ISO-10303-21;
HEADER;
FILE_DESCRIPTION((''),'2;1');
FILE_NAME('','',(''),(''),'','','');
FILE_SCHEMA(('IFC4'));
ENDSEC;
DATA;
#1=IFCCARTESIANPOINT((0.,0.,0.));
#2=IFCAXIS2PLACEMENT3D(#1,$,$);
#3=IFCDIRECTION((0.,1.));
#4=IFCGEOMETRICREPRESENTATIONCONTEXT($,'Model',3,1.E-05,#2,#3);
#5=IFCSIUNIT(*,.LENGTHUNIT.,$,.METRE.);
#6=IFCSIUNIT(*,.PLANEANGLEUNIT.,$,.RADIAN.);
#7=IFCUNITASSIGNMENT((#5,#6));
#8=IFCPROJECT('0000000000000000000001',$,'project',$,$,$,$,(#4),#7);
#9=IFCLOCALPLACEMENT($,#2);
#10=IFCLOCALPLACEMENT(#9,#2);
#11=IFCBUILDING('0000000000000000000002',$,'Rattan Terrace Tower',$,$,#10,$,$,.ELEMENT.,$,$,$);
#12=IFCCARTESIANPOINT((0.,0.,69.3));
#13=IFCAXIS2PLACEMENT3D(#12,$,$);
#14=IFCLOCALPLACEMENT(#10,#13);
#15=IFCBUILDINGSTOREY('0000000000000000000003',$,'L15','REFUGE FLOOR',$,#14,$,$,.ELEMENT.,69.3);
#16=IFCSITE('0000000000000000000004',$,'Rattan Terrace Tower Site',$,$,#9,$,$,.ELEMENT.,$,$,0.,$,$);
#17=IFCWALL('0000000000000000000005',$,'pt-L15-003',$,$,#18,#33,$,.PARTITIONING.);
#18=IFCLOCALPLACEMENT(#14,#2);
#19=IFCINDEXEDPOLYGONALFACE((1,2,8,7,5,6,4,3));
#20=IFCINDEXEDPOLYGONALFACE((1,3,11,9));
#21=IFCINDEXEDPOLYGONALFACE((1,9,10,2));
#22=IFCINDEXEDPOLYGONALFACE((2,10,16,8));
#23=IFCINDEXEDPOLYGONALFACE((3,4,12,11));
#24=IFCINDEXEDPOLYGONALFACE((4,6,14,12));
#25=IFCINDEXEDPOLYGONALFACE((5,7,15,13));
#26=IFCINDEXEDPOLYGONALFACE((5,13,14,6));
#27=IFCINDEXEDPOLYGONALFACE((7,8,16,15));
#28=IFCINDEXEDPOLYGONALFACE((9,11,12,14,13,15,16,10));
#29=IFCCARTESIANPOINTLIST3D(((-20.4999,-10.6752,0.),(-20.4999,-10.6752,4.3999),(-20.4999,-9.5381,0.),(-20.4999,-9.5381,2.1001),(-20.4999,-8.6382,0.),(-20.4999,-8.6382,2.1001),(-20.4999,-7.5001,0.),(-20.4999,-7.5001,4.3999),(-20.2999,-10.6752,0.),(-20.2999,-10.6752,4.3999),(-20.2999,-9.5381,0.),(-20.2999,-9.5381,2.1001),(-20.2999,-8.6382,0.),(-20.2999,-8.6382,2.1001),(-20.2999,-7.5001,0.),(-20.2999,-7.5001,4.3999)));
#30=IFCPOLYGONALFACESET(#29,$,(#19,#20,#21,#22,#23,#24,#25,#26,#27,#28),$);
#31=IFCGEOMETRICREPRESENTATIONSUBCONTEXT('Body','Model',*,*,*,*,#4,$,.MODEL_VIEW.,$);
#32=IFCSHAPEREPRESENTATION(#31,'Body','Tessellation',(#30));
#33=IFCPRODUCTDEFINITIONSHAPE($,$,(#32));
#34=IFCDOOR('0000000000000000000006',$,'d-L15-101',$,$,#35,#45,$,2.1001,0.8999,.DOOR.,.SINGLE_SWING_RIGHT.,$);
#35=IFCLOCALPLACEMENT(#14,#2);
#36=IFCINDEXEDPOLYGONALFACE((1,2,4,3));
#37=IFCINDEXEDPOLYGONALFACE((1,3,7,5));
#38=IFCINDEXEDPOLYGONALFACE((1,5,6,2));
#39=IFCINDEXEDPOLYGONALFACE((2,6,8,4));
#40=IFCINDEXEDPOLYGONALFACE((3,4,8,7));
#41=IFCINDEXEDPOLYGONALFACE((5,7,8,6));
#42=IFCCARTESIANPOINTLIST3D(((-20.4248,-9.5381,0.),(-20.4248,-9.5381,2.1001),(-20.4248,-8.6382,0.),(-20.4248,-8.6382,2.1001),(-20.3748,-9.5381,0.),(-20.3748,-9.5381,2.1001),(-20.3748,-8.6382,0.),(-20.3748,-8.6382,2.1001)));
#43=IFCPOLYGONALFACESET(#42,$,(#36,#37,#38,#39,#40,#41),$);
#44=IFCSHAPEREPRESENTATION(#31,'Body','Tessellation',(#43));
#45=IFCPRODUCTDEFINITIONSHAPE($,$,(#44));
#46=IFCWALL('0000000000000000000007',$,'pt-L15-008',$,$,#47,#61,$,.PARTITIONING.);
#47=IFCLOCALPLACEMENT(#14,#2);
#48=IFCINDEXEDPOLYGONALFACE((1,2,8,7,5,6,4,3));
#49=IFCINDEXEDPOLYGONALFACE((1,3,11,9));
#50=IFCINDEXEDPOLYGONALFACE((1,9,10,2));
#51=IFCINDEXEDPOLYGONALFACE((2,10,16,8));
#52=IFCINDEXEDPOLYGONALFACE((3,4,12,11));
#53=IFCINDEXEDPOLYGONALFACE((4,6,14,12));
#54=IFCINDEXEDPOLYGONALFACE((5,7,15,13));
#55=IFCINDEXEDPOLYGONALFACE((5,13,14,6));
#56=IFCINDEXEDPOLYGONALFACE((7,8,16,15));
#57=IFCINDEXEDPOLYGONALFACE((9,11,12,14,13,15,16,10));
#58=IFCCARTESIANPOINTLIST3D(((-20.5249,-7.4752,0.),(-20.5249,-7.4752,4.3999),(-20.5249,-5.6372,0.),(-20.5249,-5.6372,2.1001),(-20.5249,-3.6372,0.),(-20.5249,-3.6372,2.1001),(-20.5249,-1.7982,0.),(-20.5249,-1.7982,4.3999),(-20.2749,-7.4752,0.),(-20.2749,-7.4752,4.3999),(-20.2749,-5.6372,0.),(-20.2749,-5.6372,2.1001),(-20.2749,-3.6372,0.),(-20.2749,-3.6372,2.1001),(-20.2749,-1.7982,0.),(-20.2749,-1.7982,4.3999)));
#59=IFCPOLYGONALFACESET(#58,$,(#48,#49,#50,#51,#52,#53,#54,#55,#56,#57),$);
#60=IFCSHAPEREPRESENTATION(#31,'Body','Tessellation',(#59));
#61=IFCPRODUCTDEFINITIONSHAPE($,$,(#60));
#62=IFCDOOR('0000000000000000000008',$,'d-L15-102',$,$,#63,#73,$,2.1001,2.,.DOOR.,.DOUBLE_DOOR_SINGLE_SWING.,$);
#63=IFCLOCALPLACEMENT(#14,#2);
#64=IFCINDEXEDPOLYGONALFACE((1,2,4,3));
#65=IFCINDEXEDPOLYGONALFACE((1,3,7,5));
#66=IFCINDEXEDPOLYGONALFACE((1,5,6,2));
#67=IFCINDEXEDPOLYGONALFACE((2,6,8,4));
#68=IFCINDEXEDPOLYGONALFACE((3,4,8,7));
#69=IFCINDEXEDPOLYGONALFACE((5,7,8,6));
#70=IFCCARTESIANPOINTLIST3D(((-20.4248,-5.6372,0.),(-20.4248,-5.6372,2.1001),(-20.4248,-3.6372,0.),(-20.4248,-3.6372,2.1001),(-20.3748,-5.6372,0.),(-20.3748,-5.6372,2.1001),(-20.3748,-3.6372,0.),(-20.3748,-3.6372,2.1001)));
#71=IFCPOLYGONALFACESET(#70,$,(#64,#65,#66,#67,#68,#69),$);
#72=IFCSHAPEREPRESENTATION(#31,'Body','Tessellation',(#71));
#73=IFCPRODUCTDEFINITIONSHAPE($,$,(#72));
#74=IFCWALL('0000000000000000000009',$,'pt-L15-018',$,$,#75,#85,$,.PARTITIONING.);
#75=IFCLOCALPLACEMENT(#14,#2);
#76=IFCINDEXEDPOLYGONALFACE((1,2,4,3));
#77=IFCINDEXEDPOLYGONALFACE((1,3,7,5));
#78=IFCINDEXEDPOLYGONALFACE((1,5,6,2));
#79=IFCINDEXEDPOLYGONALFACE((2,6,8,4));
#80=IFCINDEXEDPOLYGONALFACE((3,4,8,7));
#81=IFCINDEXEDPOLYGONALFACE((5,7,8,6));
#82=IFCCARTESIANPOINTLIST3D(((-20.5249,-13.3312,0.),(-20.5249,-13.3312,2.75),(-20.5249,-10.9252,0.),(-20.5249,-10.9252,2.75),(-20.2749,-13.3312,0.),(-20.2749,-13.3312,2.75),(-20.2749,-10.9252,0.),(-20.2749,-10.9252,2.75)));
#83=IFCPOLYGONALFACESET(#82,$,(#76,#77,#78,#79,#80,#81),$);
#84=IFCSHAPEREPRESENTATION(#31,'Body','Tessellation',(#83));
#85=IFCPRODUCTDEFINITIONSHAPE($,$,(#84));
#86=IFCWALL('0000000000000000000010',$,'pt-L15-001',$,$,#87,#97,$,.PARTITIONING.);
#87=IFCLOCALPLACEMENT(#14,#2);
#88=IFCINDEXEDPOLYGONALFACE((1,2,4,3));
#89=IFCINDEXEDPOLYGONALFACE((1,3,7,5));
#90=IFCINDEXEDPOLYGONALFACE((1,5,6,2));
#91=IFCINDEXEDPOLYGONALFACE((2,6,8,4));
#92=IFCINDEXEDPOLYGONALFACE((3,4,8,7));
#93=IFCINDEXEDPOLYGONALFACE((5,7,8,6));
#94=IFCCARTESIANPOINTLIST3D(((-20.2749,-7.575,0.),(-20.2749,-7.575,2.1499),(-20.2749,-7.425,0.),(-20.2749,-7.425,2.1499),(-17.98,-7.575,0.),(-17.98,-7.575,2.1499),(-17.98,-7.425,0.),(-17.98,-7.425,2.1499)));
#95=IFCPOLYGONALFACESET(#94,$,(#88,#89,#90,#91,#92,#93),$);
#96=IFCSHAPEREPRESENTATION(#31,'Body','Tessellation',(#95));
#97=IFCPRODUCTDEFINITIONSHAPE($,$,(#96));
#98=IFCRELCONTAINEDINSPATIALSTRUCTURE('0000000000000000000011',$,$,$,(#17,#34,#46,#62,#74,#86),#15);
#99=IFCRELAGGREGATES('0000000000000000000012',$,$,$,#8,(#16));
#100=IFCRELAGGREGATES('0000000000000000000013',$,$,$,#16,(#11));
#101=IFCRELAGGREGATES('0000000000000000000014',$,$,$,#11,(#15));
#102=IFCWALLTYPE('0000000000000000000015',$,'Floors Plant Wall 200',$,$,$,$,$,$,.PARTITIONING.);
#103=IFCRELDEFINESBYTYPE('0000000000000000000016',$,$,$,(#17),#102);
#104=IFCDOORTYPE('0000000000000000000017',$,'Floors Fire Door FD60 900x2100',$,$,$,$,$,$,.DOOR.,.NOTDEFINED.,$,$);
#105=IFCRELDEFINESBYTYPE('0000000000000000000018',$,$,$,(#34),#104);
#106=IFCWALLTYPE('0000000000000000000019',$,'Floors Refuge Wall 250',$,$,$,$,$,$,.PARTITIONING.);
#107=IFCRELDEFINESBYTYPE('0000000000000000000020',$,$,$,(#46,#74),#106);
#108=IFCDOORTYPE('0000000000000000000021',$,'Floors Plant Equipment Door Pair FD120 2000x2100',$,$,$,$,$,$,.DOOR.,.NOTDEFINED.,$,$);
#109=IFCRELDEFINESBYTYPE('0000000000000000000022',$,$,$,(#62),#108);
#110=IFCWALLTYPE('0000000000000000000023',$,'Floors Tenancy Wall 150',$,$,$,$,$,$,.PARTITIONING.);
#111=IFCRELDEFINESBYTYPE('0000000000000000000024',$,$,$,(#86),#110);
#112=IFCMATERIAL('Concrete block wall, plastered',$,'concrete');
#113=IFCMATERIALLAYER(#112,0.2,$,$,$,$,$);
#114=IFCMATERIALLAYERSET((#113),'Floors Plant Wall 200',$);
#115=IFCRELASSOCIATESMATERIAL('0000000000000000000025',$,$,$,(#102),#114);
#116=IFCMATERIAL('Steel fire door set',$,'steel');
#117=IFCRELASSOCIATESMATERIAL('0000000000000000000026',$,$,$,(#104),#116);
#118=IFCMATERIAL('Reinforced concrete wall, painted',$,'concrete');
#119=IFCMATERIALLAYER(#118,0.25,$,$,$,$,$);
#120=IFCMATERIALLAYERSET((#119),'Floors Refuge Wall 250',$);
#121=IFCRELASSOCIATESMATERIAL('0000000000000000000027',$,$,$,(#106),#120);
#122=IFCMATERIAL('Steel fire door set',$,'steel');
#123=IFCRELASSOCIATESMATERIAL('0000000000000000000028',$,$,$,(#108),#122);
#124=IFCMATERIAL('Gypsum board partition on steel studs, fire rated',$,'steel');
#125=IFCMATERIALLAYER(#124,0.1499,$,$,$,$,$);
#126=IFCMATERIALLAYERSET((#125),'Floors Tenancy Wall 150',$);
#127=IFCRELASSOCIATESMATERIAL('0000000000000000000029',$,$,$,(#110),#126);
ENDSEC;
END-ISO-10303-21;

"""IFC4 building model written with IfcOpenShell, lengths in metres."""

from ifc_helpers import new_model, si_unit, direction, frame, frame_2d, origin, place, context, subcontext, project, spatial, rectangle, extrude, material, layer, layer_set, type_object, element, fill, save


model = new_model("IFC4")

# Units and contexts
model_context = context("Model", 3, precision=1e-05, world=origin(), true_north=direction((0.0, 1.0)))
body_context = subcontext(model_context, "Body", "Model", "MODEL_VIEW")
ifc_project = project(units=[si_unit("LENGTHUNIT", "METRE"), si_unit("PLANEANGLEUNIT", "RADIAN")], contexts=[model_context])

# Site, building, storey
site_placement = place(None, origin())
site = spatial("IfcSite", under=ifc_project, at=site_placement, Name="Rattan Terrace Tower Site", CompositionType="ELEMENT", RefElevation=0.0)
building_placement = place(site_placement, origin())
building = spatial("IfcBuilding", under=site, at=building_placement, Name="Rattan Terrace Tower", CompositionType="ELEMENT")
storey_placement = place(building_placement, frame((0.0, 0.0, 69.3)))
storey = spatial("IfcBuildingStorey", under=building, at=storey_placement, Name="L15", Description="REFUGE FLOOR", CompositionType="ELEMENT", Elevation=69.3)

# Walls, openings, doors
ifc_material_1 = material(Name="Concrete block wall, plastered", Category="concrete")
ifc_layer_1 = layer(ifc_material_1, 0.2)
ifc_layer_set_1 = layer_set([ifc_layer_1], Name="Floors Plant Wall 200")
wall_type_1 = type_object("IfcWallType", Name="Floors Plant Wall 200", PredefinedType="PARTITIONING", material=ifc_layer_set_1)
wall_1_placement = place(storey_placement, frame((-20.3999, -10.675, 0.0), z_axis=(0.0, 0.0, 1.0), x_axis=(0.0, 1.0, 0.0)))
wall_1 = element("IfcWall", 1, at=wall_1_placement, inside=storey, type_object=wall_type_1, Name="pt-L15-003", PredefinedType="PARTITIONING", context=body_context, shape_type="SweptSolid", body=[
    extrude(rectangle(XDim=3.175, YDim=0.2, at=frame_2d((1.5874, 0.0))), origin(), (0.0, 0.0, 1.0), 4.3999),
])
opening_1_placement = place(wall_1_placement, frame((1.137, 0.0, 0.0)))
opening_1 = element("IfcOpeningElement", 2, at=opening_1_placement, cuts=wall_1, PredefinedType="OPENING", context=body_context, shape_type="SweptSolid", body=[
    extrude(rectangle(XDim=0.8999, YDim=2.1001, at=frame_2d((0.45, 1.05))), frame((0.0, 0.1106, 0.0), z_axis=(0.0, -1.0, 0.0), x_axis=(1.0, 0.0, 0.0)), (0.0, 0.0, 1.0), 0.2209),
])
ifc_material_2 = material(Name="Steel fire door set", Category="steel")
door_type_1 = type_object("IfcDoorType", Name="Floors Fire Door FD60 900x2100", OperationType="NOTDEFINED", PredefinedType="DOOR", material=ifc_material_2)
door_1_placement = place(opening_1_placement, origin())
door_1 = element("IfcDoor", 3, at=door_1_placement, inside=storey, type_object=door_type_1, Name="d-L15-101", OperationType="SINGLE_SWING_RIGHT", OverallHeight=2.1001, OverallWidth=0.8999, PredefinedType="DOOR", context=body_context, shape_type="SweptSolid", body=[
    extrude(rectangle(XDim=0.8999, YDim=2.1001, at=frame_2d((0.45, 1.05))), frame((0.0, 0.0249, 0.0), z_axis=(0.0, -1.0, 0.0), x_axis=(1.0, 0.0, 0.0)), (0.0, 0.0, 1.0), 0.05),
])
fill(opening_1, door_1)
ifc_material_3 = material(Name="Reinforced concrete wall, painted", Category="concrete")
ifc_layer_2 = layer(ifc_material_3, 0.25)
ifc_layer_set_2 = layer_set([ifc_layer_2], Name="Floors Refuge Wall 250")
wall_type_2 = type_object("IfcWallType", Name="Floors Refuge Wall 250", PredefinedType="PARTITIONING", material=ifc_layer_set_2)
wall_2_placement = place(storey_placement, frame((-20.3999, -7.4751, 0.0), z_axis=(0.0, 0.0, 1.0), x_axis=(0.0, 1.0, 0.0)))
wall_2 = element("IfcWall", 4, at=wall_2_placement, inside=storey, type_object=wall_type_2, Name="pt-L15-008", PredefinedType="PARTITIONING", context=body_context, shape_type="SweptSolid", body=[
    extrude(rectangle(XDim=5.677, YDim=0.25, at=frame_2d((2.8384, 0.0))), origin(), (0.0, 0.0, 1.0), 4.3999),
])
opening_2_placement = place(wall_2_placement, frame((1.8379, 0.0, 0.0)))
opening_2 = element("IfcOpeningElement", 5, at=opening_2_placement, cuts=wall_2, PredefinedType="OPENING", context=body_context, shape_type="SweptSolid", body=[
    extrude(rectangle(XDim=2.0, YDim=2.1001, at=frame_2d((1.0, 1.05))), frame((0.0, 0.1355, 0.0), z_axis=(0.0, -1.0, 0.0), x_axis=(1.0, 0.0, 0.0)), (0.0, 0.0, 1.0), 0.271),
])
ifc_material_4 = material(Name="Steel fire door set", Category="steel")
door_type_2 = type_object("IfcDoorType", Name="Floors Plant Equipment Door Pair FD120 2000x2100", OperationType="NOTDEFINED", PredefinedType="DOOR", material=ifc_material_4)
door_2_placement = place(opening_2_placement, origin())
door_2 = element("IfcDoor", 6, at=door_2_placement, inside=storey, type_object=door_type_2, Name="d-L15-102", OperationType="DOUBLE_DOOR_SINGLE_SWING", OverallHeight=2.1001, OverallWidth=2.0, PredefinedType="DOOR", context=body_context, shape_type="SweptSolid", body=[
    extrude(rectangle(XDim=2.0, YDim=2.1001, at=frame_2d((1.0, 1.05))), frame((0.0, 0.0249, 0.0), z_axis=(0.0, -1.0, 0.0), x_axis=(1.0, 0.0, 0.0)), (0.0, 0.0, 1.0), 0.05),
])
fill(opening_2, door_2)

# Walls
wall_3_placement = place(storey_placement, frame((-20.3999, -10.925, 0.0), z_axis=(0.0, 0.0, 1.0), x_axis=(0.0, -1.0, 0.0)))
element("IfcWall", 7, at=wall_3_placement, inside=storey, type_object=wall_type_2, Name="pt-L15-018", PredefinedType="PARTITIONING", context=body_context, shape_type="SweptSolid", body=[
    extrude(rectangle(XDim=2.406, YDim=0.25, at=frame_2d((1.2031, 0.0))), origin(), (0.0, 0.0, 1.0), 2.75),
])
ifc_material_5 = material(Name="Gypsum board partition on steel studs, fire rated", Category="steel")
ifc_layer_3 = layer(ifc_material_5, 0.1499)
ifc_layer_set_3 = layer_set([ifc_layer_3], Name="Floors Tenancy Wall 150")
wall_type_3 = type_object("IfcWallType", Name="Floors Tenancy Wall 150", PredefinedType="PARTITIONING", material=ifc_layer_set_3)
wall_4_placement = place(storey_placement, frame((-20.2749, -7.5, 0.0), z_axis=(0.0, 0.0, 1.0), x_axis=(1.0, 0.0, 0.0)))
element("IfcWall", 8, at=wall_4_placement, inside=storey, type_object=wall_type_3, Name="pt-L15-001", PredefinedType="PARTITIONING", context=body_context, shape_type="SweptSolid", body=[
    extrude(rectangle(XDim=2.2949, YDim=0.1499, at=frame_2d((1.1475, 0.0))), origin(), (0.0, 0.0, 1.0), 2.1499),
])

save(model, "model.ifc")
